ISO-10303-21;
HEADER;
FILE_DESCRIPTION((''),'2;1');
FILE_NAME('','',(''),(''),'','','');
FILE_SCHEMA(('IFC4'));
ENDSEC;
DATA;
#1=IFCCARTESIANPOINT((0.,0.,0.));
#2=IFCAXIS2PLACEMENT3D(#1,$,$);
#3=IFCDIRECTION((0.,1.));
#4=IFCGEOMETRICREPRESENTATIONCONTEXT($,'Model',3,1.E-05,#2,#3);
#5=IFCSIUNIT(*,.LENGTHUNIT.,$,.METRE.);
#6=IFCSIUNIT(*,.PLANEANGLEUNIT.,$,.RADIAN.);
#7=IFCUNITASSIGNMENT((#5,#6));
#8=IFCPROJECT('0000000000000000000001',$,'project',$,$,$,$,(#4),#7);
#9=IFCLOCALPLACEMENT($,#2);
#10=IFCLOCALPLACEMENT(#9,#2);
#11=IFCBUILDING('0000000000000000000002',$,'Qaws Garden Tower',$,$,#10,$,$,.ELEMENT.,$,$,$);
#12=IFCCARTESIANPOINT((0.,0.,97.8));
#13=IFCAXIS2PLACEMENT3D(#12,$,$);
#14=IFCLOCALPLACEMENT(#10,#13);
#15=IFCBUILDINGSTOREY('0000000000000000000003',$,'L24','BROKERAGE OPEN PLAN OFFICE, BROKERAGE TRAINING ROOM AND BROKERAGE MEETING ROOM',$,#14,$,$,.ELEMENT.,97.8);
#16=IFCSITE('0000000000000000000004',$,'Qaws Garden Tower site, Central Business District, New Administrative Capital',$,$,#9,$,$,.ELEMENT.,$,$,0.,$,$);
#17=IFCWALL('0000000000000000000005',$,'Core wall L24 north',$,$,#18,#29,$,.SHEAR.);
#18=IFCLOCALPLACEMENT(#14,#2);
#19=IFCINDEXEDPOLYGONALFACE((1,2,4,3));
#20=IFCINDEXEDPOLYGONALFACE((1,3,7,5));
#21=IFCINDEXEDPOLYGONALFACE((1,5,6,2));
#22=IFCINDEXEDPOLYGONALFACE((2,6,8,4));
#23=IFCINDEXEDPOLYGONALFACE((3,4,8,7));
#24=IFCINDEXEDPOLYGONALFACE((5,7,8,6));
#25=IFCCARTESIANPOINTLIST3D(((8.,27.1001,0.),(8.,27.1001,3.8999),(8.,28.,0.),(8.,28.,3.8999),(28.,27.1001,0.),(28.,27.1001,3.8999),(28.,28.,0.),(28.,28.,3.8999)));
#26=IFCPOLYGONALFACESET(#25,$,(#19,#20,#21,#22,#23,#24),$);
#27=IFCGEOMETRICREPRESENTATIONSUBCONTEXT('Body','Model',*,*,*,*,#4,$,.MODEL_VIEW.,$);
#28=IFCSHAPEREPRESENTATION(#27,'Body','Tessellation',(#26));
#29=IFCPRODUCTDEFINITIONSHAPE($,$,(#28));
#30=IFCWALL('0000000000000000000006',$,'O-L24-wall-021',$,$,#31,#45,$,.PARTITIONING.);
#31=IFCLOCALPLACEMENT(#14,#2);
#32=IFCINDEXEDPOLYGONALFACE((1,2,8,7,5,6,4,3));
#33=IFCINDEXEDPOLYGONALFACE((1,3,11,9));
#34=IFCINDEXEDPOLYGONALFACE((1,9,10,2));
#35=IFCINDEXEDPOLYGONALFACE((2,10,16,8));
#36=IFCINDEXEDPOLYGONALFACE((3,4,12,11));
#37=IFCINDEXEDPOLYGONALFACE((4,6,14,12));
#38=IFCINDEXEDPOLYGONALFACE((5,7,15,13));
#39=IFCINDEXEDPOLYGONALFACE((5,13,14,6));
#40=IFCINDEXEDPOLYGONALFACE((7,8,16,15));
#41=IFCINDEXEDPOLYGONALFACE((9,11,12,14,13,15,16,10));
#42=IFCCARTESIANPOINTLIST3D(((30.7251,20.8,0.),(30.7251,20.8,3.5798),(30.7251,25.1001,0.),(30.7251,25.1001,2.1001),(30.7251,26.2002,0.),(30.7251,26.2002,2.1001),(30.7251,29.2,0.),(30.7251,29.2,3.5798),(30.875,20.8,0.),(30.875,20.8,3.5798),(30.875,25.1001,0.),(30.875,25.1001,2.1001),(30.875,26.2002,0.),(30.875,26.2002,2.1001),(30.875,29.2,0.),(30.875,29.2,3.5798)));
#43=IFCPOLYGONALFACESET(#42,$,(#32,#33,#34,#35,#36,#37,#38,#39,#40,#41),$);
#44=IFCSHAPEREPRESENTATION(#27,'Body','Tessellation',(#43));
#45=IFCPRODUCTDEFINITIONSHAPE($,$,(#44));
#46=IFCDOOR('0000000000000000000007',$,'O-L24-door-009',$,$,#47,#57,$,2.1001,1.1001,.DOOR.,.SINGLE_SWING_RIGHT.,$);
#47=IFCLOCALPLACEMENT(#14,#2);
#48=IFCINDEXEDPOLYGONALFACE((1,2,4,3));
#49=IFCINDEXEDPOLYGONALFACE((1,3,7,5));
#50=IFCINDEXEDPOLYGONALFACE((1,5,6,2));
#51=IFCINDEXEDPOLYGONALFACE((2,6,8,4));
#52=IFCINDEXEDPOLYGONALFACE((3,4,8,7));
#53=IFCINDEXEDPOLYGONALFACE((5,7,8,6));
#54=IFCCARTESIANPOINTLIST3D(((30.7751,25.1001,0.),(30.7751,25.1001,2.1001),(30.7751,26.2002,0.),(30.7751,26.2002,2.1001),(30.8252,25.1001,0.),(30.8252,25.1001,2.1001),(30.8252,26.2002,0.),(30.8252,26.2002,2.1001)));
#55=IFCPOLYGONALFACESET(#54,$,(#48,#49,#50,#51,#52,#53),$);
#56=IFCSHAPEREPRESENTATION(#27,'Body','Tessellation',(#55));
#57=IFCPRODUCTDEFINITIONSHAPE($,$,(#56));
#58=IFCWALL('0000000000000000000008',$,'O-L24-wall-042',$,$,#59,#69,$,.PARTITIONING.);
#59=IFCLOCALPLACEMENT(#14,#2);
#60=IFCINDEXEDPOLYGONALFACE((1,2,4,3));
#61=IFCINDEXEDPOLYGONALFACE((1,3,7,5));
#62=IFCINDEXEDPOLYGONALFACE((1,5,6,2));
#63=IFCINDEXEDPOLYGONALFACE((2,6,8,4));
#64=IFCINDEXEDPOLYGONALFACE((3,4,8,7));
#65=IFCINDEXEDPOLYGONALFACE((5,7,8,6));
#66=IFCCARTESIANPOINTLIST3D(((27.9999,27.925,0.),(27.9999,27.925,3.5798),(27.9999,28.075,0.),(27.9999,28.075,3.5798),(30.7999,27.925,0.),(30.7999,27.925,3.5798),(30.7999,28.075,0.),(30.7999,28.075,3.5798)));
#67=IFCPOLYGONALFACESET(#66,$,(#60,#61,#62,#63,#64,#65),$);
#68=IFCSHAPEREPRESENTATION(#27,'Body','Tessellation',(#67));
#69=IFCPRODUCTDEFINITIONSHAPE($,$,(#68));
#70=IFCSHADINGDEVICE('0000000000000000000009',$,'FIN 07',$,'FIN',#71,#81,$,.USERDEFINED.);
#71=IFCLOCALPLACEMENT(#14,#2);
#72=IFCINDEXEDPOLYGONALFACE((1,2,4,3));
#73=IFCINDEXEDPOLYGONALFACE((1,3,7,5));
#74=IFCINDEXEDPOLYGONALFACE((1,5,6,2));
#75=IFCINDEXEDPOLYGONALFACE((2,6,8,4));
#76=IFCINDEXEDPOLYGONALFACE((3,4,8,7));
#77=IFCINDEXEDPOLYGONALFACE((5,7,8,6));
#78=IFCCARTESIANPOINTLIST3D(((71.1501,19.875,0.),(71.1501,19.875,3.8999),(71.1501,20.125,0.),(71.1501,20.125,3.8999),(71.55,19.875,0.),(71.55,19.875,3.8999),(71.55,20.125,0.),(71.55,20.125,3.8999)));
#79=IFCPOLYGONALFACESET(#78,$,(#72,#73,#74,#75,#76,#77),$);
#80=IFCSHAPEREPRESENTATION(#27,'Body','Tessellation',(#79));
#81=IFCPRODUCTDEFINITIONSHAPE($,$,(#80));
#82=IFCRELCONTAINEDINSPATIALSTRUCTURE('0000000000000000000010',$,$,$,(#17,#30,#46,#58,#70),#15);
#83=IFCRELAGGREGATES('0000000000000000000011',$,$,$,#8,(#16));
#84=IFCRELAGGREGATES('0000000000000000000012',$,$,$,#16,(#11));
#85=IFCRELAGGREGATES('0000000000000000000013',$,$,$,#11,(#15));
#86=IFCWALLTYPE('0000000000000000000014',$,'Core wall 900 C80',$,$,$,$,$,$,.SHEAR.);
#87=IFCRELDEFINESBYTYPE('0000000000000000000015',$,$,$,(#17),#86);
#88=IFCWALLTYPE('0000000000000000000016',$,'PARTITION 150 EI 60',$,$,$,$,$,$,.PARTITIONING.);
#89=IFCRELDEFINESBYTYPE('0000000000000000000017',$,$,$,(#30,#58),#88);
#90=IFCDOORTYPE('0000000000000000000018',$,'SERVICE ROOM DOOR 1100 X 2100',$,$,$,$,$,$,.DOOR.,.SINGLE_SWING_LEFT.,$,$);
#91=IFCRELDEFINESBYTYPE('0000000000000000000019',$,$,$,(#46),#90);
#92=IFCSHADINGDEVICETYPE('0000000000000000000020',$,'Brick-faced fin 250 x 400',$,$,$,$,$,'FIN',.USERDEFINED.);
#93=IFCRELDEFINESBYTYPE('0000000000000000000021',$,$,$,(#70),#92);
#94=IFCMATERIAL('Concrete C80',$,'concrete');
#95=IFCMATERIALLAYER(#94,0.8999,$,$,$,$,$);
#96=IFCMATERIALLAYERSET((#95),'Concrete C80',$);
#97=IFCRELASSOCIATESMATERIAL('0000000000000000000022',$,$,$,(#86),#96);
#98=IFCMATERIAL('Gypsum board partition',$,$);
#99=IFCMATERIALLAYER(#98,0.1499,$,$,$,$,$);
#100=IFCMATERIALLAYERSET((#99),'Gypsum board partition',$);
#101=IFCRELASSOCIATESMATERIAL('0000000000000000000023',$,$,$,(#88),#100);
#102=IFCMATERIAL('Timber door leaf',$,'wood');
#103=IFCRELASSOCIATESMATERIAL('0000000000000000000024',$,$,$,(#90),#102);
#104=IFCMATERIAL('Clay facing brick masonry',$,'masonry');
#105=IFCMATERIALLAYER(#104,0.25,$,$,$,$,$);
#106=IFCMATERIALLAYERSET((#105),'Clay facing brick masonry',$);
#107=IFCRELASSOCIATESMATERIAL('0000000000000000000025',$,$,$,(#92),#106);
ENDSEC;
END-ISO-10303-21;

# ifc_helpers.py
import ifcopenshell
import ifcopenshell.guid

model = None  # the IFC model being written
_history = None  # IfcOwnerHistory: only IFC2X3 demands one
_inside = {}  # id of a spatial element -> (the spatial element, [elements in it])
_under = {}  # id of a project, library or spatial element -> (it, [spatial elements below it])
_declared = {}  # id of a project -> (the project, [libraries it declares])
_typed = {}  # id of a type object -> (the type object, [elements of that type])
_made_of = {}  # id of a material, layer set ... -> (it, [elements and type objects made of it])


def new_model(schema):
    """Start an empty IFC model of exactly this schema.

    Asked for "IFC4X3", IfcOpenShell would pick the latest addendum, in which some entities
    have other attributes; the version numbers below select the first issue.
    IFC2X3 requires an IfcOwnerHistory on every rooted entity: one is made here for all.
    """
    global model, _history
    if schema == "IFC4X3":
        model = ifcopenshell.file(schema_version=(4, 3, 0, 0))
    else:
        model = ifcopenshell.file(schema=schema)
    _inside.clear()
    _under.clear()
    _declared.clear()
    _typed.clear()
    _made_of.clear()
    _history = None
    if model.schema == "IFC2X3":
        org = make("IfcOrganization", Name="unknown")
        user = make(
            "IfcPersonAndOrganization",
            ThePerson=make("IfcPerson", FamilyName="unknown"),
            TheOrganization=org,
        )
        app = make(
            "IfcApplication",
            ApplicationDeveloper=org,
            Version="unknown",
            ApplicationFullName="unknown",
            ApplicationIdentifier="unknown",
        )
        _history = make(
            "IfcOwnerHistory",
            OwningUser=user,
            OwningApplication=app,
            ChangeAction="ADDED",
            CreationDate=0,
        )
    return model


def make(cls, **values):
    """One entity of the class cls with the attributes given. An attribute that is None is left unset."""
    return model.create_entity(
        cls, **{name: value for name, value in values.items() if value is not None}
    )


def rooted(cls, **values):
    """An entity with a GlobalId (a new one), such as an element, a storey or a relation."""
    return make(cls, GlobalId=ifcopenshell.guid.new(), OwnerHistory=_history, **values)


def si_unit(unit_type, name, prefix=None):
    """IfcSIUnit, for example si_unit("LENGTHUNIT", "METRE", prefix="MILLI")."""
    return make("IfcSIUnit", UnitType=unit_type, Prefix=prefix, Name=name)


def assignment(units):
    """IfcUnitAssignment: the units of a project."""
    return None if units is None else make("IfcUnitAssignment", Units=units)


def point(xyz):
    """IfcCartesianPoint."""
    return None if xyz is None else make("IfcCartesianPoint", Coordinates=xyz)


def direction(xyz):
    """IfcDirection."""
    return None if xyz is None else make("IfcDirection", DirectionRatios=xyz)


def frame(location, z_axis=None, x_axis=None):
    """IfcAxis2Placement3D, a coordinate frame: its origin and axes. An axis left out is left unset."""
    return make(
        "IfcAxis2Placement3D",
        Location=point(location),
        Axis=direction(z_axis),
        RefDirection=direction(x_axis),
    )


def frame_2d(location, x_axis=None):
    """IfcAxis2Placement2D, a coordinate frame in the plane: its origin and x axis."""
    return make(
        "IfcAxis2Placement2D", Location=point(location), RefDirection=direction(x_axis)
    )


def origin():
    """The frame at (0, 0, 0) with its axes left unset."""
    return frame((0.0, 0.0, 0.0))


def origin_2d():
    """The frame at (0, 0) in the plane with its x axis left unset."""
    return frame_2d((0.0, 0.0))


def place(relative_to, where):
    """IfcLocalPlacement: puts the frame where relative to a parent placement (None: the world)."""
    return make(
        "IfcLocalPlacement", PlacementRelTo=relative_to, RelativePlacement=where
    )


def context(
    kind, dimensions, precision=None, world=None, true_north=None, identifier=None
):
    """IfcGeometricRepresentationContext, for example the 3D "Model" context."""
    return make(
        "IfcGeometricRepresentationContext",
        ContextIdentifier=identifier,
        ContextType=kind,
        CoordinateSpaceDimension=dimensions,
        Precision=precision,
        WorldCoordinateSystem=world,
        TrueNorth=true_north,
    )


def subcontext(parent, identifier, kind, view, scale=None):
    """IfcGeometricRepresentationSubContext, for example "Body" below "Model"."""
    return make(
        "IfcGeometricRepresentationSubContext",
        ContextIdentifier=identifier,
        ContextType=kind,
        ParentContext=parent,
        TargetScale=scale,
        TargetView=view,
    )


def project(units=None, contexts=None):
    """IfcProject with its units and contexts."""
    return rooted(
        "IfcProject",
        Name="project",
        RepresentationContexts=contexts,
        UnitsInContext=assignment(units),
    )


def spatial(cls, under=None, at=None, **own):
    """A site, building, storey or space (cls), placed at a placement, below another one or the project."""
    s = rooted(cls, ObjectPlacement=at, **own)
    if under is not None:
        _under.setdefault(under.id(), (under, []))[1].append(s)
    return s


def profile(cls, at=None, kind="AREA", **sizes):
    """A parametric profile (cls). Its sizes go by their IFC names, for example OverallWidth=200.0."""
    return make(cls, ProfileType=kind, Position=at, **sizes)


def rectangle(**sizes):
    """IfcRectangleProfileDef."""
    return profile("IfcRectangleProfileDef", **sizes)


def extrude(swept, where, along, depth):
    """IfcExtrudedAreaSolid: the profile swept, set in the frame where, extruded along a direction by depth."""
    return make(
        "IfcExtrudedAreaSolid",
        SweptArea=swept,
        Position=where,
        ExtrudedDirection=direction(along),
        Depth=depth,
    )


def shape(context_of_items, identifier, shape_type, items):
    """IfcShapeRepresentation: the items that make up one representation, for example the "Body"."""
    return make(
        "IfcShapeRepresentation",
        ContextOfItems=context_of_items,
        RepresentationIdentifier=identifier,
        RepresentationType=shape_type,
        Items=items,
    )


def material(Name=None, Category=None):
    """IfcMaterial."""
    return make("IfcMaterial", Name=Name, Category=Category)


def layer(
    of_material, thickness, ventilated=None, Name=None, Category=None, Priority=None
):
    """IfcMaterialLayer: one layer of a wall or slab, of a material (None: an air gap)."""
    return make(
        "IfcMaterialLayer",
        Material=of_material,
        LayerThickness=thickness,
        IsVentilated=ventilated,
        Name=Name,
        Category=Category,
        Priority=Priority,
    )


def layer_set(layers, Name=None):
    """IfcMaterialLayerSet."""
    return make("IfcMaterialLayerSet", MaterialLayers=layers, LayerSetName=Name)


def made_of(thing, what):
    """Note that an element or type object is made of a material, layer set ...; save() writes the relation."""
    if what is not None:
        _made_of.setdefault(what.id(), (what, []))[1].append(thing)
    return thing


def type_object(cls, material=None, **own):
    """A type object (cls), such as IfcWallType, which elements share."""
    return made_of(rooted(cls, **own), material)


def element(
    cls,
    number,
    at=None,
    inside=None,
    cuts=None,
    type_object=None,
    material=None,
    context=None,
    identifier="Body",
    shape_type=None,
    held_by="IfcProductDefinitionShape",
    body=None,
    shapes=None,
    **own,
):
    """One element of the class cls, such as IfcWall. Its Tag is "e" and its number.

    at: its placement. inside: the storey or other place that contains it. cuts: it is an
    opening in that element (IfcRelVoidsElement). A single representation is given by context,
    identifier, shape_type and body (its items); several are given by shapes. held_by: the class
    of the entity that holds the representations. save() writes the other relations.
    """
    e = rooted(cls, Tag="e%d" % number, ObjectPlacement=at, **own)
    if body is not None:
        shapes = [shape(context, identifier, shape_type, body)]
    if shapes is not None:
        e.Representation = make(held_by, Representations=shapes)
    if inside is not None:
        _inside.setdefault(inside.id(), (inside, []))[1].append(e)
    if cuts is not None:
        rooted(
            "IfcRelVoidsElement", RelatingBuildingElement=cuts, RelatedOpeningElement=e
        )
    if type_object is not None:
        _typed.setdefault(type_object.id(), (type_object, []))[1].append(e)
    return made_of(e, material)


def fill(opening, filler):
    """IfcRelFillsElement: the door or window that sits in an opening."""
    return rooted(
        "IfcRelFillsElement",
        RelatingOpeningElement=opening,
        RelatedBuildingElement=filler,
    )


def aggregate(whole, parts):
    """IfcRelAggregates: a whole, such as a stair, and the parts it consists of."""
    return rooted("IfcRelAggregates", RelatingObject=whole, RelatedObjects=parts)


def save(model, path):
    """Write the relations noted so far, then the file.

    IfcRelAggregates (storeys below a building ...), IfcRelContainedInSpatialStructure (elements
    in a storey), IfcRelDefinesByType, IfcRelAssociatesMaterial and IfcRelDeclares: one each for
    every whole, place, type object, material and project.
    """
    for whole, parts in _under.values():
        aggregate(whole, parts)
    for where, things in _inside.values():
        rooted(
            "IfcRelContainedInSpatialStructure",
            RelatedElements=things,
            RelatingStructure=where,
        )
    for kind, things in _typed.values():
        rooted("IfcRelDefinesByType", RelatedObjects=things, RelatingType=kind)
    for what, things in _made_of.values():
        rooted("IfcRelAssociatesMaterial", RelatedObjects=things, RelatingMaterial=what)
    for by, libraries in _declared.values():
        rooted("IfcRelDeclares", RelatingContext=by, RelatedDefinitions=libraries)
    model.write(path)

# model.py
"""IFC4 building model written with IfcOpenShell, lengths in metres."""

from ifc_helpers import new_model, si_unit, direction, frame, frame_2d, origin, origin_2d, place, context, subcontext, project, spatial, rectangle, extrude, material, layer, layer_set, type_object, element, fill, save


model = new_model("IFC4")

# Units and contexts
model_context = context("Model", 3, precision=1e-05, world=origin(), true_north=direction((0.0, 1.0)))
body_context = subcontext(model_context, "Body", "Model", "MODEL_VIEW")
ifc_project = project(units=[si_unit("LENGTHUNIT", "METRE"), si_unit("PLANEANGLEUNIT", "RADIAN")], contexts=[model_context])

# Site, building, storey
site_placement = place(None, origin())
site = spatial("IfcSite", under=ifc_project, at=site_placement, Name="Qaws Garden Tower site, Central Business District, New Administrative Capital", CompositionType="ELEMENT", RefElevation=0.0)
building_placement = place(site_placement, origin())
building = spatial("IfcBuilding", under=site, at=building_placement, Name="Qaws Garden Tower", CompositionType="ELEMENT")
storey_placement = place(building_placement, frame((0.0, 0.0, 97.8)))
storey = spatial("IfcBuildingStorey", under=building, at=storey_placement, Name="L24", Description="BROKERAGE OPEN PLAN OFFICE, BROKERAGE TRAINING ROOM AND BROKERAGE MEETING ROOM", CompositionType="ELEMENT", Elevation=97.8)

# Wall
ifc_material_1 = material(Name="Concrete C80", Category="concrete")
ifc_layer_1 = layer(ifc_material_1, 0.8999)
ifc_layer_set_1 = layer_set([ifc_layer_1], Name="Concrete C80")
wall_type_1 = type_object("IfcWallType", Name="Core wall 900 C80", PredefinedType="SHEAR", material=ifc_layer_set_1)
wall_1_placement = place(storey_placement, frame((28.0, 27.55, 0.0), z_axis=(0.0, 0.0, 1.0), x_axis=(-1.0, 0.0, 0.0)))
element("IfcWall", 1, at=wall_1_placement, inside=storey, type_object=wall_type_1, Name="Core wall L24 north", PredefinedType="SHEAR", context=body_context, shape_type="SweptSolid", body=[
    extrude(rectangle(XDim=20.0, YDim=0.8999, at=frame_2d((10.0, 0.0))), origin(), (0.0, 0.0, 1.0), 3.8999),
])

# Wall, opening, door
ifc_material_2 = material(Name="Gypsum board partition")
ifc_layer_2 = layer(ifc_material_2, 0.1499)
ifc_layer_set_2 = layer_set([ifc_layer_2], Name="Gypsum board partition")
wall_type_2 = type_object("IfcWallType", Name="PARTITION 150 EI 60", PredefinedType="PARTITIONING", material=ifc_layer_set_2)
wall_2_placement = place(storey_placement, frame((30.8, 20.8, 0.0), z_axis=(0.0, 0.0, 1.0), x_axis=(0.0, 1.0, 0.0)))
wall_2 = element("IfcWall", 2, at=wall_2_placement, inside=storey, type_object=wall_type_2, Name="O-L24-wall-021", PredefinedType="PARTITIONING", context=body_context, shape_type="SweptSolid", body=[
    extrude(rectangle(XDim=8.3999, YDim=0.1499, at=frame_2d((4.2, 0.0))), origin(), (0.0, 0.0, 1.0), 3.5798),
])
opening_placement = place(wall_2_placement, frame((4.3, 0.0, 0.0)))
opening = element("IfcOpeningElement", 3, at=opening_placement, cuts=wall_2, PredefinedType="OPENING", context=body_context, shape_type="SweptSolid", body=[
    extrude(rectangle(XDim=1.1001, YDim=2.1001, at=frame_2d((0.55, 1.05))), frame((0.0, 0.085, 0.0), z_axis=(0.0, -1.0, 0.0), x_axis=(1.0, 0.0, 0.0)), (0.0, 0.0, 1.0), 0.1699),
])
ifc_material_3 = material(Name="Timber door leaf", Category="wood")
door_type = type_object("IfcDoorType", Name="SERVICE ROOM DOOR 1100 X 2100", OperationType="SINGLE_SWING_LEFT", PredefinedType="DOOR", material=ifc_material_3)
door_placement = place(opening_placement, origin())
door = element("IfcDoor", 4, at=door_placement, inside=storey, type_object=door_type, Name="O-L24-door-009", OperationType="SINGLE_SWING_RIGHT", OverallHeight=2.1001, OverallWidth=1.1001, PredefinedType="DOOR", context=body_context, shape_type="SweptSolid", body=[
    extrude(rectangle(XDim=1.1001, YDim=2.1001, at=frame_2d((0.55, 1.05))), frame((0.0, 0.0249, 0.0), z_axis=(0.0, -1.0, 0.0), x_axis=(1.0, 0.0, 0.0)), (0.0, 0.0, 1.0), 0.05),
])
fill(opening, door)

# Wall
wall_3_placement = place(storey_placement, frame((28.0, 28.0, 0.0), z_axis=(0.0, 0.0, 1.0), x_axis=(1.0, 0.0, 0.0)))
element("IfcWall", 5, at=wall_3_placement, inside=storey, type_object=wall_type_2, Name="O-L24-wall-042", PredefinedType="PARTITIONING", context=body_context, shape_type="SweptSolid", body=[
    extrude(rectangle(XDim=2.8, YDim=0.1499, at=frame_2d((1.3999, 0.0))), origin(), (0.0, 0.0, 1.0), 3.5798),
])

# Shading device
ifc_material_4 = material(Name="Clay facing brick masonry", Category="masonry")
ifc_layer_3 = layer(ifc_material_4, 0.25)
ifc_layer_set_3 = layer_set([ifc_layer_3], Name="Clay facing brick masonry")
shading_device_type = type_object("IfcShadingDeviceType", Name="Brick-faced fin 250 x 400", ElementType="FIN", PredefinedType="USERDEFINED", material=ifc_layer_set_3)
shading_device_placement = place(storey_placement, frame((71.3501, 20.0, 0.0), z_axis=(0.0, 0.0, 1.0), x_axis=(0.0, 1.0, 0.0)))
element("IfcShadingDevice", 6, at=shading_device_placement, inside=storey, type_object=shading_device_type, Name="FIN 07", ObjectType="FIN", PredefinedType="USERDEFINED", context=body_context, shape_type="SweptSolid", body=[
    extrude(rectangle(XDim=0.25, YDim=0.3999, at=origin_2d()), origin(), (0.0, 0.0, 1.0), 3.8999),
])

save(model, "model.ifc")
